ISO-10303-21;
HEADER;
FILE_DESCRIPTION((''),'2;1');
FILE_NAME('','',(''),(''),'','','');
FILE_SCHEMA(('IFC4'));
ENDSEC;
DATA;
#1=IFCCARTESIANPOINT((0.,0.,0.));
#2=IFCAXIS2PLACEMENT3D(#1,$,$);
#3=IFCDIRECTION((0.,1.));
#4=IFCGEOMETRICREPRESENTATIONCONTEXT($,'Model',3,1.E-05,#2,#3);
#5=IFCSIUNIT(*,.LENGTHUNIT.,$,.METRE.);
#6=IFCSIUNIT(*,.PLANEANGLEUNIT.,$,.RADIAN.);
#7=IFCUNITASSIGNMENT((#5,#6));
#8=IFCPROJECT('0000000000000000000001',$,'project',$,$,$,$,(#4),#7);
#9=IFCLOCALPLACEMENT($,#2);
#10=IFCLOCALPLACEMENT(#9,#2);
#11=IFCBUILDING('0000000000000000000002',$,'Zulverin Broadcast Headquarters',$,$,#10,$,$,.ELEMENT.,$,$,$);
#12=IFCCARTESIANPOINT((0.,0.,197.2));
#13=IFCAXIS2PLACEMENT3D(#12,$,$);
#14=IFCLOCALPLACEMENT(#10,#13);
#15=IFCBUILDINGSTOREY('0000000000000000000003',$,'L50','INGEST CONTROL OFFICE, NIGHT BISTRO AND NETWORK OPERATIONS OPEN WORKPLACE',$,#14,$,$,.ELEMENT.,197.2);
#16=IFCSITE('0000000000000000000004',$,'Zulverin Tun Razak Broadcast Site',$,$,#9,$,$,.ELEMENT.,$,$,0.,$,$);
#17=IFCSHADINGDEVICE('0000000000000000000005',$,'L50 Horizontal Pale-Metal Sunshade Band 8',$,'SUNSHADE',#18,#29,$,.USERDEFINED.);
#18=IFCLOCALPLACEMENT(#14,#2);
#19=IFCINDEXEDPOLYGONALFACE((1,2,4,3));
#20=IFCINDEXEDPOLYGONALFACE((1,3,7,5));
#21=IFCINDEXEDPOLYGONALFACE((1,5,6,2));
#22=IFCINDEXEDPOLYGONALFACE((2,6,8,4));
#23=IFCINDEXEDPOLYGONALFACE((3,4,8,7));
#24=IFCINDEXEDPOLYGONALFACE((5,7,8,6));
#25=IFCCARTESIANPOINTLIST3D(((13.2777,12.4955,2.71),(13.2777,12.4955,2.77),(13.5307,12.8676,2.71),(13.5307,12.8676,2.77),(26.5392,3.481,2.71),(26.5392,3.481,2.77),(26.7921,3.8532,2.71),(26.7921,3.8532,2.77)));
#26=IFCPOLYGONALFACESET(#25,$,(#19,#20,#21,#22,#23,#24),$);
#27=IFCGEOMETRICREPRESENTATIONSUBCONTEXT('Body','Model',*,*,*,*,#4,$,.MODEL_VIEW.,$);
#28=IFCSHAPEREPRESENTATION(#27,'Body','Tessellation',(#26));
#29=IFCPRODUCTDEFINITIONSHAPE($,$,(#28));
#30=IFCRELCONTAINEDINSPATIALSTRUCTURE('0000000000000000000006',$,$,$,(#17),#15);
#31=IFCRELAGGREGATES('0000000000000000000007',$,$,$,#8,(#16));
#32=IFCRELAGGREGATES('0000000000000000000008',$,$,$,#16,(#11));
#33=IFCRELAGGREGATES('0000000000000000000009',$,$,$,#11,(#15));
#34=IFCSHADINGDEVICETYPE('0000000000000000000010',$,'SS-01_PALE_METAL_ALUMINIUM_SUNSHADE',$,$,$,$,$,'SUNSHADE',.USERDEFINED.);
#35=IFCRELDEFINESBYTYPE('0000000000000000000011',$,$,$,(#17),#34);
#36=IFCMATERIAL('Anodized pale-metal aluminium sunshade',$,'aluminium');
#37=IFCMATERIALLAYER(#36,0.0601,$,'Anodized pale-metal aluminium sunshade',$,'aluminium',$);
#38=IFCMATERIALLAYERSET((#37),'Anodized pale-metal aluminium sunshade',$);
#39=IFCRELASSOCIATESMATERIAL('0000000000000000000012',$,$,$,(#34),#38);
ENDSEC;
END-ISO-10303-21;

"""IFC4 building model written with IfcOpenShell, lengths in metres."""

from ifc_helpers import new_model, si_unit, direction, frame, origin, origin_2d, place, context, subcontext, project, spatial, rectangle, extrude, material, layer, layer_set, type_object, element, save


model = new_model("IFC4")

# Units and contexts
model_context = context("Model", 3, precision=1e-05, world=origin(), true_north=direction((0.0, 1.0)))
body_context = subcontext(model_context, "Body", "Model", "MODEL_VIEW")
ifc_project = project(units=[si_unit("LENGTHUNIT", "METRE"), si_unit("PLANEANGLEUNIT", "RADIAN")], contexts=[model_context])

# Site, building, storey
site_placement = place(None, origin())
site = spatial("IfcSite", under=ifc_project, at=site_placement, Name="Zulverin Tun Razak Broadcast Site", CompositionType="ELEMENT", RefElevation=0.0)
building_placement = place(site_placement, origin())
building = spatial("IfcBuilding", under=site, at=building_placement, Name="Zulverin Broadcast Headquarters", CompositionType="ELEMENT")
storey_placement = place(building_placement, frame((0.0, 0.0, 197.2)))
storey = spatial("IfcBuildingStorey", under=building, at=storey_placement, Name="L50", Description="INGEST CONTROL OFFICE, NIGHT BISTRO AND NETWORK OPERATIONS OPEN WORKPLACE", CompositionType="ELEMENT", Elevation=197.2)

# Shading device
ifc_material_1 = material(Name="Anodized pale-metal aluminium sunshade", Category="aluminium")
ifc_layer_1 = layer(ifc_material_1, 0.0601, Name="Anodized pale-metal aluminium sunshade", Category="aluminium")
ifc_layer_set_1 = layer_set([ifc_layer_1], Name="Anodized pale-metal aluminium sunshade")
shading_device_type_1 = type_object("IfcShadingDeviceType", Name="SS-01_PALE_METAL_ALUMINIUM_SUNSHADE", ElementType="SUNSHADE", PredefinedType="USERDEFINED", material=ifc_layer_set_1)
shading_device_1_placement = place(storey_placement, frame((20.0349, 8.1743, 2.71), z_axis=(0.0, 0.0, 1.0), x_axis=(0.827025, -0.562166, 0.0)))
element("IfcShadingDevice", 1, at=shading_device_1_placement, inside=storey, type_object=shading_device_type_1, Name="L50 Horizontal Pale-Metal Sunshade Band 8", ObjectType="SUNSHADE", PredefinedType="USERDEFINED", context=body_context, shape_type="SweptSolid", body=[
    extrude(rectangle(XDim=16.0352, YDim=0.45, at=origin_2d()), origin(), (0.0, 0.0, 1.0), 0.0601),
])

save(model, "model.ifc")
